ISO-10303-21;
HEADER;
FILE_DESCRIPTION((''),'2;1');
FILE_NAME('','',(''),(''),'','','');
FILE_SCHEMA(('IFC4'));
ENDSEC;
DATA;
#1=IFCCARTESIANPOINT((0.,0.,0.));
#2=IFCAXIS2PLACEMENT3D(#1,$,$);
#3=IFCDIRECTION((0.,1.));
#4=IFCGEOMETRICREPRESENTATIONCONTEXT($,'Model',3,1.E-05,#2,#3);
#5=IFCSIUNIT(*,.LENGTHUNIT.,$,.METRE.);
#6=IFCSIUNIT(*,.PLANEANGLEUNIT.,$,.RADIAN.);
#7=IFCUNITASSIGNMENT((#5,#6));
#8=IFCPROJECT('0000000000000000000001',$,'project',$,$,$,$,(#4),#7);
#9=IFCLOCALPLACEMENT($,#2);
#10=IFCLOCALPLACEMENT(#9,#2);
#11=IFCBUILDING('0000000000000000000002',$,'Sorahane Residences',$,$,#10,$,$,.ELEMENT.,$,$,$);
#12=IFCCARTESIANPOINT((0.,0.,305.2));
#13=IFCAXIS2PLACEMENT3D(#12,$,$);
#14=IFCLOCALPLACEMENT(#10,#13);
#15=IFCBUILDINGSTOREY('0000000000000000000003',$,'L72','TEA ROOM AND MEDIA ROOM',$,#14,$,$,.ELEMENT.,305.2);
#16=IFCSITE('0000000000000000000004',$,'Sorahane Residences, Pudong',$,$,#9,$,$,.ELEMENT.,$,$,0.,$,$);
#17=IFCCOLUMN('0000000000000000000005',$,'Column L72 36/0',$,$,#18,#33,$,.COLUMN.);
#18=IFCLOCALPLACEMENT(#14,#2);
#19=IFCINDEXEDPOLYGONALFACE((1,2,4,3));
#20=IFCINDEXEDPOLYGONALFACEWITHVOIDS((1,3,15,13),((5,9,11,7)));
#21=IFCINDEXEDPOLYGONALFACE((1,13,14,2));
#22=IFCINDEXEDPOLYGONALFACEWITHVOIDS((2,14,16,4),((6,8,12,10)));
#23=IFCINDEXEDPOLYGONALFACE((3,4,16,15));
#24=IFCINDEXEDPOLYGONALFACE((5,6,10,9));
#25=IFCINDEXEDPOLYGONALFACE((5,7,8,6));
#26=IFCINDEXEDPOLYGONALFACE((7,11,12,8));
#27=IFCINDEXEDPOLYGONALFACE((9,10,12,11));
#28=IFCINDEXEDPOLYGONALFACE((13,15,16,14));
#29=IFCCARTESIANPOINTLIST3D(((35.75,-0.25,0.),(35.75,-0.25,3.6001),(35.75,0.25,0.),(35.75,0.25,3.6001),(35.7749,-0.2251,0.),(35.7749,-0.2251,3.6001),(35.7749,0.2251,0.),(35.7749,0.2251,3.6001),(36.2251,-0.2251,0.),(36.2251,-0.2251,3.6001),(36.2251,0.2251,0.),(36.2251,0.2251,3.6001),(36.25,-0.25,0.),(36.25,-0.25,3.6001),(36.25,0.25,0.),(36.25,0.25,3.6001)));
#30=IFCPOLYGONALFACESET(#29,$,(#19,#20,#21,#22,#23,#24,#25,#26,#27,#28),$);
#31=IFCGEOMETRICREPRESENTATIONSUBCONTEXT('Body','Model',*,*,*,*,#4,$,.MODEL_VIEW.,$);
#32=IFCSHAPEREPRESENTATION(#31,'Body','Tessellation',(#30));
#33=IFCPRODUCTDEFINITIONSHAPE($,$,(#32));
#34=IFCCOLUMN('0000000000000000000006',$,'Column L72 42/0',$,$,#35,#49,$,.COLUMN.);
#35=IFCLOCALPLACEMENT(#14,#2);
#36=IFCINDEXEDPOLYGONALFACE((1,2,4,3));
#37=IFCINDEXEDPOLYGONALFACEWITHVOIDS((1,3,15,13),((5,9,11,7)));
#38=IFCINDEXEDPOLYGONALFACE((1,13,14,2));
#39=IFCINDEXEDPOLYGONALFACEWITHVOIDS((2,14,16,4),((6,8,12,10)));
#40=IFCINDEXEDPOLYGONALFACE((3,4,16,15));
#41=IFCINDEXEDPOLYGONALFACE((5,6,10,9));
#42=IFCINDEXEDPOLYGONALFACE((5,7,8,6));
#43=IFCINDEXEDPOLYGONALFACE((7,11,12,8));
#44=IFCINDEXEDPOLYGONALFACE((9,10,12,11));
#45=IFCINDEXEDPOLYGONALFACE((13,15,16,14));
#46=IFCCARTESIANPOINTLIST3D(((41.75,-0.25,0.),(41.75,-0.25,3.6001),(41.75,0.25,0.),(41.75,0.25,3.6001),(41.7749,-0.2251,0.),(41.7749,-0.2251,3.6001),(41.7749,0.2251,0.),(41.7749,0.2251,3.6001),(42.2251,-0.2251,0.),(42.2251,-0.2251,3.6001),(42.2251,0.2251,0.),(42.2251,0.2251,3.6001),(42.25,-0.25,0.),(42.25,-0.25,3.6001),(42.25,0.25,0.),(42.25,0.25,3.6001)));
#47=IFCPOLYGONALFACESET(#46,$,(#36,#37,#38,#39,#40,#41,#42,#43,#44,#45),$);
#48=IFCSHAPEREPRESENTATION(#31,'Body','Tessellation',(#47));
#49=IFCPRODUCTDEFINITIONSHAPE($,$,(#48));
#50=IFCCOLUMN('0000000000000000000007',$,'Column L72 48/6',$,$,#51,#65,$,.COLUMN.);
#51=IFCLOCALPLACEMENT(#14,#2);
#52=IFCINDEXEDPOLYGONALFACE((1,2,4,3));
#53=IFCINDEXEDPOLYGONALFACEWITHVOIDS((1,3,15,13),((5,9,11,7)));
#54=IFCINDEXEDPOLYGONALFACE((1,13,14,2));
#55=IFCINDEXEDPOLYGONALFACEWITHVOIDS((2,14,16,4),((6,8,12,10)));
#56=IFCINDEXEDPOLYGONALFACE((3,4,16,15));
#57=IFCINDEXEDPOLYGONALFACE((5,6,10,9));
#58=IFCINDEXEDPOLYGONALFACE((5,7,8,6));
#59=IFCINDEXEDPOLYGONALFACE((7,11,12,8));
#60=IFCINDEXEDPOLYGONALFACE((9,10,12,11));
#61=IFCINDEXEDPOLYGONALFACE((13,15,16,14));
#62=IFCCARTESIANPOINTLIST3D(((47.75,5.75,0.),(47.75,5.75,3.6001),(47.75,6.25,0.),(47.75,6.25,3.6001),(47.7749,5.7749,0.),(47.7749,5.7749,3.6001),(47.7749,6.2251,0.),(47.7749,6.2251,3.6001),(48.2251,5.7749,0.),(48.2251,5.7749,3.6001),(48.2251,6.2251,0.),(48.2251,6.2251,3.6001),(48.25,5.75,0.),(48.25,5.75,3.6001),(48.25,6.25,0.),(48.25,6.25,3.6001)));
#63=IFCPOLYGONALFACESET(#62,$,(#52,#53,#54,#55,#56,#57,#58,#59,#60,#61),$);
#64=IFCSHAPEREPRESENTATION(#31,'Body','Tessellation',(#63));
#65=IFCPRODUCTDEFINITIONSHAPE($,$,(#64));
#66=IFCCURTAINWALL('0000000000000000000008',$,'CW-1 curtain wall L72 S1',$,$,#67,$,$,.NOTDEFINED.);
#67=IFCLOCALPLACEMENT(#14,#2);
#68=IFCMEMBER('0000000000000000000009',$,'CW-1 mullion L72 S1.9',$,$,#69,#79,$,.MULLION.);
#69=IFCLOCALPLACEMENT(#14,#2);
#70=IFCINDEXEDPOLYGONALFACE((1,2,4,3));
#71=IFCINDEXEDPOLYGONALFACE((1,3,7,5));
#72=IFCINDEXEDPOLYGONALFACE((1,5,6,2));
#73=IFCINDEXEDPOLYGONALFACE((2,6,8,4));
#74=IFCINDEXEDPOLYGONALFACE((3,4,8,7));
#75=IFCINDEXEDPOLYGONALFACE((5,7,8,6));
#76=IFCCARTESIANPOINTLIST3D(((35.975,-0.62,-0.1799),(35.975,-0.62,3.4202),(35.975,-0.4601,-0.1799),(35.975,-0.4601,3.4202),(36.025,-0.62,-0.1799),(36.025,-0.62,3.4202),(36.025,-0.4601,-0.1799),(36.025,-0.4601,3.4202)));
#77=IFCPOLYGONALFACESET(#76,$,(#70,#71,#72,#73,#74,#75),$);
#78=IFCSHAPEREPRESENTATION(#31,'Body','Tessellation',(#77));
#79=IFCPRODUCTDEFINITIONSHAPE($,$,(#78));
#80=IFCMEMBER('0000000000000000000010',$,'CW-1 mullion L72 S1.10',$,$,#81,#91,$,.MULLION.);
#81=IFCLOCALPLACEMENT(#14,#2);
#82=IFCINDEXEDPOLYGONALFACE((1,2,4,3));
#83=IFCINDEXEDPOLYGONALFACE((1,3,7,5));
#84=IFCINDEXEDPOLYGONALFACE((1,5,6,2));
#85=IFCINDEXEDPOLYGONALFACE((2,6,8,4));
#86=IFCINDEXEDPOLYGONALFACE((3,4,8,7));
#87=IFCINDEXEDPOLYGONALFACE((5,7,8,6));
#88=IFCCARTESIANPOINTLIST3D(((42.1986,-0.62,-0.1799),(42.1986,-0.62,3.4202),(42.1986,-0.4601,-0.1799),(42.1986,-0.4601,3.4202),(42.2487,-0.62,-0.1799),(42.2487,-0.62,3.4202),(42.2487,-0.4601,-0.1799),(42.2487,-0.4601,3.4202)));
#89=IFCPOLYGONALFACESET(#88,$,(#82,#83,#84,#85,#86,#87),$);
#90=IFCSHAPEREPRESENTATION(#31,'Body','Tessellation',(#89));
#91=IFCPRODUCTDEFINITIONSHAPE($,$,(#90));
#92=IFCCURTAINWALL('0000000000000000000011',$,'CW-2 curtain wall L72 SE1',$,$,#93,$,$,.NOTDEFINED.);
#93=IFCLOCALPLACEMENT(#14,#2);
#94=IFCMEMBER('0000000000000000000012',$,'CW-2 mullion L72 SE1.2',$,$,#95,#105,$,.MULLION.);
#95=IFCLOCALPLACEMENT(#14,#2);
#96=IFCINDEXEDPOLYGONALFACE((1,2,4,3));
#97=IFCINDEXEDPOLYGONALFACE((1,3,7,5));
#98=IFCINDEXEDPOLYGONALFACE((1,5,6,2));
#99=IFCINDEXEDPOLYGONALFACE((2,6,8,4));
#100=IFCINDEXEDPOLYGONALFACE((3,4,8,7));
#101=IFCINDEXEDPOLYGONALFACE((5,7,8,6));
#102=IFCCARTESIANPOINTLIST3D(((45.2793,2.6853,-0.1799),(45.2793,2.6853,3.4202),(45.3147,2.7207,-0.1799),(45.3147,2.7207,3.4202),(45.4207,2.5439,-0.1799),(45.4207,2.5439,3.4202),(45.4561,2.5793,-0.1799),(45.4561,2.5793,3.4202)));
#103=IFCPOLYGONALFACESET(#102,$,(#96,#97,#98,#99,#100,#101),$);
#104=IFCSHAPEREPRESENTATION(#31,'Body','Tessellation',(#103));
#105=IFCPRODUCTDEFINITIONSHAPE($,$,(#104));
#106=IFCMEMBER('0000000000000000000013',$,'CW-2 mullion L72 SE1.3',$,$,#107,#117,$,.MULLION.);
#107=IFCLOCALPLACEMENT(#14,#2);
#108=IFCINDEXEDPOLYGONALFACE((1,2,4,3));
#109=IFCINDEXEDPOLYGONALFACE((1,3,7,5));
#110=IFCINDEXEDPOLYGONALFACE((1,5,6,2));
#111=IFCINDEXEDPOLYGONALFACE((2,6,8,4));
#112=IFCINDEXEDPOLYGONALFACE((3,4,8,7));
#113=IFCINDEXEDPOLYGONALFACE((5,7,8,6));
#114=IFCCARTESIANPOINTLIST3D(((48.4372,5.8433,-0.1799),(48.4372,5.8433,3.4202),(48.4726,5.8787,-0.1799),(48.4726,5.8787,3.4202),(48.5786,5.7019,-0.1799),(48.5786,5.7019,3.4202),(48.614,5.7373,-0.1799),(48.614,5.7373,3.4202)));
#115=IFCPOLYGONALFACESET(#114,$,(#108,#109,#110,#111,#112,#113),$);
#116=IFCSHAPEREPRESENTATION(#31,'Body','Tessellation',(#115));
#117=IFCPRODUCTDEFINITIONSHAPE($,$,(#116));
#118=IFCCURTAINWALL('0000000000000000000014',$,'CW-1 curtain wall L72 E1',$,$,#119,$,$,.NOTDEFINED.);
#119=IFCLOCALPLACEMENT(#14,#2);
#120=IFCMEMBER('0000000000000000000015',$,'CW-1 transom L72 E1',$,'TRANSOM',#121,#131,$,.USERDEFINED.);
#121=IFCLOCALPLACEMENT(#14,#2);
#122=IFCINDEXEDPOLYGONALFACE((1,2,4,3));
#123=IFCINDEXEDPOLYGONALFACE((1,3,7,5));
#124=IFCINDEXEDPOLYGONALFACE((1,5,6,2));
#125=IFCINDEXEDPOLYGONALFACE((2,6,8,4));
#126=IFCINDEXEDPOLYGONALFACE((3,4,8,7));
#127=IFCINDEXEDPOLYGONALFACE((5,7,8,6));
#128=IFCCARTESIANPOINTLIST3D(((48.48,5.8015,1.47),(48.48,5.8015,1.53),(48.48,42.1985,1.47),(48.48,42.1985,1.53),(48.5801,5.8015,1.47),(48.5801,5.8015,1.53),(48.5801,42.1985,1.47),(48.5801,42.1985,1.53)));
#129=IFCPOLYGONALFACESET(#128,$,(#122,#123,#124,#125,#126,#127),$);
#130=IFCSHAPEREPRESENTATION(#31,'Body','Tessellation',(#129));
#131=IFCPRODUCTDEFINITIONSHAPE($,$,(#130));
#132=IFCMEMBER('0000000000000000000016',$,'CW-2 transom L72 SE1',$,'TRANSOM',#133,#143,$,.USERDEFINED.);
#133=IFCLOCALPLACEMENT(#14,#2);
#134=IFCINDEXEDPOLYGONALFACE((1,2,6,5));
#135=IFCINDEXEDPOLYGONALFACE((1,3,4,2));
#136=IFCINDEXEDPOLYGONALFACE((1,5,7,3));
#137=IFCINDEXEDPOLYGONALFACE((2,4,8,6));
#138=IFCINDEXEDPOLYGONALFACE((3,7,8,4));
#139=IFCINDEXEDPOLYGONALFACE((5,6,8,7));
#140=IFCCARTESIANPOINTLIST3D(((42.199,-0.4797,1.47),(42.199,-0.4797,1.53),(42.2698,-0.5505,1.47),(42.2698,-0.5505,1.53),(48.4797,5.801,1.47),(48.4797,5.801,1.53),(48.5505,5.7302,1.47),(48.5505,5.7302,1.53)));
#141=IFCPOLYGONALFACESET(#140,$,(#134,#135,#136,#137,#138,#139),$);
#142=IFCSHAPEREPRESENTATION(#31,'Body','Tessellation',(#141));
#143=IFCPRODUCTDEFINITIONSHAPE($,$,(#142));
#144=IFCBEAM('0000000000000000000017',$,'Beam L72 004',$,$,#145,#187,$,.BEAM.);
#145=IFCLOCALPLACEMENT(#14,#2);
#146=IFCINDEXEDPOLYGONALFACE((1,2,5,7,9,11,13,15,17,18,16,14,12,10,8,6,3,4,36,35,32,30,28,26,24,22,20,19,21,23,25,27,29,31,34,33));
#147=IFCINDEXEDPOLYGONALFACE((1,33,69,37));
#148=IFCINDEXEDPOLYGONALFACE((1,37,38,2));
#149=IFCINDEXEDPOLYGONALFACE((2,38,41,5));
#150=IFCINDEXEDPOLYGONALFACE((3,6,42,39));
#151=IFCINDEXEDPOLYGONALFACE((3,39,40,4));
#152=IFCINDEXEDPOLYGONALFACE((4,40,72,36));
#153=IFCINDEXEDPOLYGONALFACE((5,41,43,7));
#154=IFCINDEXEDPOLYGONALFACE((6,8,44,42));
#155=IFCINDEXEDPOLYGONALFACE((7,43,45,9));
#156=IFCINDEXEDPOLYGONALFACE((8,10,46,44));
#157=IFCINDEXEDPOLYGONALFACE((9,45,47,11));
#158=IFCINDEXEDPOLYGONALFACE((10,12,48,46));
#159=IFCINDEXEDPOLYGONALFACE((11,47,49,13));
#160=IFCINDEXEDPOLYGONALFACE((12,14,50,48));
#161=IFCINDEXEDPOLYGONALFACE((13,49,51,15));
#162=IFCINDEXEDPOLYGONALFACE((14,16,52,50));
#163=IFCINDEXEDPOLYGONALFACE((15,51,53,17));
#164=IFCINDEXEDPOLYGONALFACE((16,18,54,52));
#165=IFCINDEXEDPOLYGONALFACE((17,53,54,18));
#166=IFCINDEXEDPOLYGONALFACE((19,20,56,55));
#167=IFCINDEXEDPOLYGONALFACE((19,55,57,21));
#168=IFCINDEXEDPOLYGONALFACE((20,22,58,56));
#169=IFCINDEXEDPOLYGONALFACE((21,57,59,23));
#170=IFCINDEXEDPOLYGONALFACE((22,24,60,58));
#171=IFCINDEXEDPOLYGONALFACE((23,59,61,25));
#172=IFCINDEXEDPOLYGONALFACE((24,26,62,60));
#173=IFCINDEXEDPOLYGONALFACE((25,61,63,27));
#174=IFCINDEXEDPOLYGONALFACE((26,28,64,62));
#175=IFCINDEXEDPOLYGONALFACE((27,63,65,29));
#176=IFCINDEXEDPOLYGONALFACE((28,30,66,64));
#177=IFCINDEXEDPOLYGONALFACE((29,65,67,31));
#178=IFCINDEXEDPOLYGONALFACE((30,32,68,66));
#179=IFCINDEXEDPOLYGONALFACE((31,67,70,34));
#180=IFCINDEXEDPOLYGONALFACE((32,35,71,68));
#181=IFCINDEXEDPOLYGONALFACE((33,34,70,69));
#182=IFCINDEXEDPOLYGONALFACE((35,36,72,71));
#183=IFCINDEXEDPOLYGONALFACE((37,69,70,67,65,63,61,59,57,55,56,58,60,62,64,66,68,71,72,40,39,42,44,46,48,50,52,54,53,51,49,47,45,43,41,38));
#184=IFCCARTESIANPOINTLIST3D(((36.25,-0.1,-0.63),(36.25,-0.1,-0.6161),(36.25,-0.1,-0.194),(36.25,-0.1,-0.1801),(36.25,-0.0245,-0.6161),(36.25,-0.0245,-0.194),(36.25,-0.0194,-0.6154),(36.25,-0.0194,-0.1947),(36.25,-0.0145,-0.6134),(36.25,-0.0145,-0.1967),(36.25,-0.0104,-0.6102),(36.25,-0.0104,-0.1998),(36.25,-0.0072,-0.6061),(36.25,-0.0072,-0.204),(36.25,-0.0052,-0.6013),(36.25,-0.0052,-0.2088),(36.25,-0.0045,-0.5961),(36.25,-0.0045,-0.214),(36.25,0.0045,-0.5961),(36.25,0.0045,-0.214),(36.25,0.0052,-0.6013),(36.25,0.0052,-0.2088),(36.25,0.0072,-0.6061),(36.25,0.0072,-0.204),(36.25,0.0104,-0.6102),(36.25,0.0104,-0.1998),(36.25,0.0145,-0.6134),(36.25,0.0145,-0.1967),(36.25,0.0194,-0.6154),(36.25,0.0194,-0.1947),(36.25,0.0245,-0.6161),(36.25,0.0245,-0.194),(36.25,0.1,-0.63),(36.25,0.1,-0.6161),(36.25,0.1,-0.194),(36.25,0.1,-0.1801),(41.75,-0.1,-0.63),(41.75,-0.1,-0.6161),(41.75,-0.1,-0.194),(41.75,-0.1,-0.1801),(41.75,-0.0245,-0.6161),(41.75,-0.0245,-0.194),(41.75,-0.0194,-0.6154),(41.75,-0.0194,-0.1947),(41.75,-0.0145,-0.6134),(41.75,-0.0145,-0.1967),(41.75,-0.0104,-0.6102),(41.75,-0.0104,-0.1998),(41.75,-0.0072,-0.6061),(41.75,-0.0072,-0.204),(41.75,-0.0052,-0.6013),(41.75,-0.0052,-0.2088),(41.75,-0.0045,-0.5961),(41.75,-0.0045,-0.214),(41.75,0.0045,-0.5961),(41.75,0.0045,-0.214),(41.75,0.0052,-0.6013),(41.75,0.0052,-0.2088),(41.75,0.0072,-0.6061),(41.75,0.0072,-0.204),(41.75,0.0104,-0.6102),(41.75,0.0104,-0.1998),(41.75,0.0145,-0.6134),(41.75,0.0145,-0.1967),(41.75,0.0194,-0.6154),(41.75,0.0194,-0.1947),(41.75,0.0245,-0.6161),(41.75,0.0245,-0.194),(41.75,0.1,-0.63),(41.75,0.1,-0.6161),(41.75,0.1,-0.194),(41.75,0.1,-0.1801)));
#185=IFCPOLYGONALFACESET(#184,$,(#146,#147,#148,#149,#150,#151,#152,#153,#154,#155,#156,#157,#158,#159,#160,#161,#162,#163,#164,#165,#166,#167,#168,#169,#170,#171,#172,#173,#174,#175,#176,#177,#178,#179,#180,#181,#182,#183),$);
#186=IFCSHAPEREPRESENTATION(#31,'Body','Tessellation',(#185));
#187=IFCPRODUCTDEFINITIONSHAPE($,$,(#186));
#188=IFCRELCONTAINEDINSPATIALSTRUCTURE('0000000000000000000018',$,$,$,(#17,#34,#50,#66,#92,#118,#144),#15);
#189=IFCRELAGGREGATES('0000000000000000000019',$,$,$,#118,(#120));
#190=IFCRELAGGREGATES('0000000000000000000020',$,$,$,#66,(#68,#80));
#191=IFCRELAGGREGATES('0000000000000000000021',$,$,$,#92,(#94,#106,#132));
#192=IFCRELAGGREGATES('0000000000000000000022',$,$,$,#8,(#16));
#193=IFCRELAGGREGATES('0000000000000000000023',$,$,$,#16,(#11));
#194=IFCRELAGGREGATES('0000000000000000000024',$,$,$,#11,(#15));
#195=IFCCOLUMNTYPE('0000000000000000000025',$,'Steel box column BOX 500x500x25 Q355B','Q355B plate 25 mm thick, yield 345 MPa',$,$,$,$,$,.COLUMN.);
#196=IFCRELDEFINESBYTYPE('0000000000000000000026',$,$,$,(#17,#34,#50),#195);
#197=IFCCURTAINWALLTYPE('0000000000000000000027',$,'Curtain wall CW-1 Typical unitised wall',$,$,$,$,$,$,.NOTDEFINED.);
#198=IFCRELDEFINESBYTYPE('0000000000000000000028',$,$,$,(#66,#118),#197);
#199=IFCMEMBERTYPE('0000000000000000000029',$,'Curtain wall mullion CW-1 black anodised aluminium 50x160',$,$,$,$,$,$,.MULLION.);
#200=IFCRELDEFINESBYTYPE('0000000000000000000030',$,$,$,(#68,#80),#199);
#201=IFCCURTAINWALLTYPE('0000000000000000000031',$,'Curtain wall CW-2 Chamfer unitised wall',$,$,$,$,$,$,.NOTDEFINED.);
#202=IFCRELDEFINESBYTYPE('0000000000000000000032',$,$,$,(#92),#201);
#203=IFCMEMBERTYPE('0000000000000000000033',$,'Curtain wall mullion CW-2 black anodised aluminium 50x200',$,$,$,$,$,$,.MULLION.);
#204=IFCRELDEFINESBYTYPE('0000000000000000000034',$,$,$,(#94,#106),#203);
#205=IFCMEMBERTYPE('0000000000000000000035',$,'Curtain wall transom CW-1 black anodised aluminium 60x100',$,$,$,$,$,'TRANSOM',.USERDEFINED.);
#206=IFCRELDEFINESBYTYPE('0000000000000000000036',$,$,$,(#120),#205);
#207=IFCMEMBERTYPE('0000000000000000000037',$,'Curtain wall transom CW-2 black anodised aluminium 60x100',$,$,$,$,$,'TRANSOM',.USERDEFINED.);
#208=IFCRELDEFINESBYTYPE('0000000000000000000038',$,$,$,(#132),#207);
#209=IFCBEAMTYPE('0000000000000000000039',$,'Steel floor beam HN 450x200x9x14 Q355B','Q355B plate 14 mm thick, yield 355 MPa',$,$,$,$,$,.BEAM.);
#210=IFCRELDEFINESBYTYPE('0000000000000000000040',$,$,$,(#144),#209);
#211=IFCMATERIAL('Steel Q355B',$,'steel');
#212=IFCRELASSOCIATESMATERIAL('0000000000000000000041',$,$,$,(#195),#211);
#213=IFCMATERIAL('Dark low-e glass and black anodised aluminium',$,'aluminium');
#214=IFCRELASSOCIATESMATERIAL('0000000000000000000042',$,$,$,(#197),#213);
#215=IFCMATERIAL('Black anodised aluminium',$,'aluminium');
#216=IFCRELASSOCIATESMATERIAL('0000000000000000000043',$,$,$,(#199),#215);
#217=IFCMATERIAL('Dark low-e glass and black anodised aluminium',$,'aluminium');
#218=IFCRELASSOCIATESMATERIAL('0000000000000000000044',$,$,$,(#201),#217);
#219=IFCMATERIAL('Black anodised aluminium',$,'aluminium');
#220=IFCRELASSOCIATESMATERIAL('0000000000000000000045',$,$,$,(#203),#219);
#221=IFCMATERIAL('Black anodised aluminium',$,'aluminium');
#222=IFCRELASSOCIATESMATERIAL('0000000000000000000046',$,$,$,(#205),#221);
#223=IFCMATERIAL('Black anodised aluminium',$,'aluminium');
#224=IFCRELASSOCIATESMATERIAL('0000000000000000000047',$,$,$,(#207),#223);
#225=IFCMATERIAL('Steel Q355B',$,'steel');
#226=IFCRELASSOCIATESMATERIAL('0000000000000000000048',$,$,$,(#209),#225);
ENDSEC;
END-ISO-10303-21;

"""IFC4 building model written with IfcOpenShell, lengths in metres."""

from ifc_helpers import new_model, si_unit, direction, frame, origin, origin_2d, place, context, subcontext, project, spatial, rectangle, hollow_rectangle, i_section, extrude, material, material_profile, profile_set, type_object, element, aggregate, save


model = new_model("IFC4")

# Units and contexts
model_context = context("Model", 3, precision=1e-05, world=origin(), true_north=direction((0.0, 1.0)))
body_context = subcontext(model_context, "Body", "Model", "MODEL_VIEW")
ifc_project = project(units=[si_unit("LENGTHUNIT", "METRE"), si_unit("PLANEANGLEUNIT", "RADIAN")], contexts=[model_context])

# Site, building, storey
site_placement = place(None, origin())
site = spatial("IfcSite", under=ifc_project, at=site_placement, Name="Sorahane Residences, Pudong", CompositionType="ELEMENT", RefElevation=0.0)
building_placement = place(site_placement, origin())
building = spatial("IfcBuilding", under=site, at=building_placement, Name="Sorahane Residences", CompositionType="ELEMENT")
storey_placement = place(building_placement, frame((0.0, 0.0, 305.2)))
storey = spatial("IfcBuildingStorey", under=building, at=storey_placement, Name="L72", Description="TEA ROOM AND MEDIA ROOM", CompositionType="ELEMENT", Elevation=305.2)

# Columns
ifc_material_1 = material(Name="Steel Q355B", Category="steel")
ifc_material_profile_1 = material_profile(ifc_material_1, hollow_rectangle(XDim=0.5, YDim=0.5, WallThickness=0.0249, at=origin_2d()), Name="BOX 500x500x25")
ifc_profile_set_1 = profile_set([ifc_material_profile_1], Name="Steel Q355B")
column_type = type_object("IfcColumnType", Name="Steel box column BOX 500x500x25 Q355B", Description="Q355B plate 25 mm thick, yield 345 MPa", PredefinedType="COLUMN", material=ifc_profile_set_1)
for number, where, z_axis, x_axis, name in (
    (1, (36.0, 0.0, 0.0), (0.0, 0.0, 1.0), (1.0, 0.0, 0.0), "Column L72 36/0"),
    (2, (42.0, 0.0, 0.0), (0.0, 0.0, 1.0), (1.0, 0.0, 0.0), "Column L72 42/0"),
    (3, (48.0, 6.0, 0.0), (0.0, 0.0, 1.0), (1.0, 0.0, 0.0), "Column L72 48/6"),
):
    element("IfcColumn", number, at=place(storey_placement, frame(where, z_axis=z_axis, x_axis=x_axis)), inside=storey, type_object=column_type, Name=name, PredefinedType="COLUMN", context=body_context, shape_type="SweptSolid", body=[
        extrude(hollow_rectangle(XDim=0.5, YDim=0.5, WallThickness=0.0249, at=origin_2d()), origin(), (0.0, 0.0, 1.0), 3.6001),
    ])

# Curtain walls, members
ifc_material_2 = material(Name="Dark low-e glass and black anodised aluminium", Category="aluminium")
curtain_wall_type_1 = type_object("IfcCurtainWallType", Name="Curtain wall CW-1 Typical unitised wall", PredefinedType="NOTDEFINED", material=ifc_material_2)
curtain_wall_1_placement = place(storey_placement, origin())
curtain_wall_1 = element("IfcCurtainWall", 4, at=curtain_wall_1_placement, inside=storey, type_object=curtain_wall_type_1, Name="CW-1 curtain wall L72 S1", PredefinedType="NOTDEFINED")
ifc_material_3 = material(Name="Black anodised aluminium", Category="aluminium")
ifc_material_profile_2 = material_profile(ifc_material_3, rectangle(XDim=0.1599, YDim=0.05, at=origin_2d()), Name="Curtain wall mullion CW-1 black anodised aluminium 50x160")
ifc_profile_set_2 = profile_set([ifc_material_profile_2], Name="Black anodised aluminium")
member_type_1 = type_object("IfcMemberType", Name="Curtain wall mullion CW-1 black anodised aluminium 50x160", PredefinedType="MULLION", material=ifc_profile_set_2)
member_1_placement = place(storey_placement, frame((36.0, -0.54, -0.1799), z_axis=(0.0, 0.0, 1.0), x_axis=(0.0, -1.0, 0.0)))
member_1 = element("IfcMember", 5, at=member_1_placement, type_object=member_type_1, Name="CW-1 mullion L72 S1.9", PredefinedType="MULLION", context=body_context, shape_type="SweptSolid", body=[
    extrude(rectangle(XDim=0.1599, YDim=0.05, at=origin_2d()), origin(), (0.0, 0.0, 1.0), 3.6001),
])
member_2_placement = place(storey_placement, frame((42.2236, -0.54, -0.1799), z_axis=(0.0, 0.0, 1.0), x_axis=(0.0, -1.0, 0.0)))
member_2 = element("IfcMember", 6, at=member_2_placement, type_object=member_type_1, Name="CW-1 mullion L72 S1.10", PredefinedType="MULLION", context=body_context, shape_type="SweptSolid", body=[
    extrude(rectangle(XDim=0.1599, YDim=0.05, at=origin_2d()), origin(), (0.0, 0.0, 1.0), 3.6001),
])
ifc_material_4 = material(Name="Dark low-e glass and black anodised aluminium", Category="aluminium")
curtain_wall_type_2 = type_object("IfcCurtainWallType", Name="Curtain wall CW-2 Chamfer unitised wall", PredefinedType="NOTDEFINED", material=ifc_material_4)
curtain_wall_2_placement = place(storey_placement, origin())
curtain_wall_2 = element("IfcCurtainWall", 7, at=curtain_wall_2_placement, inside=storey, type_object=curtain_wall_type_2, Name="CW-2 curtain wall L72 SE1", PredefinedType="NOTDEFINED")
ifc_material_5 = material(Name="Black anodised aluminium", Category="aluminium")
ifc_material_profile_3 = material_profile(ifc_material_5, rectangle(XDim=0.2, YDim=0.05, at=origin_2d()), Name="Curtain wall mullion CW-2 black anodised aluminium 50x200")
ifc_profile_set_3 = profile_set([ifc_material_profile_3], Name="Black anodised aluminium")
member_type_2 = type_object("IfcMemberType", Name="Curtain wall mullion CW-2 black anodised aluminium 50x200", PredefinedType="MULLION", material=ifc_profile_set_3)
member_3_placement = place(storey_placement, frame((45.3677, 2.6323, -0.1799), z_axis=(0.0, 0.0, 1.0), x_axis=(0.707107, -0.707107, 0.0)))
member_3 = element("IfcMember", 8, at=member_3_placement, type_object=member_type_2, Name="CW-2 mullion L72 SE1.2", PredefinedType="MULLION", context=body_context, shape_type="SweptSolid", body=[
    extrude(rectangle(XDim=0.2, YDim=0.05, at=origin_2d()), origin(), (0.0, 0.0, 1.0), 3.6001),
])
member_4_placement = place(storey_placement, frame((48.5256, 5.7903, -0.1799), z_axis=(0.0, 0.0, 1.0), x_axis=(0.707107, -0.707107, 0.0)))
member_4 = element("IfcMember", 9, at=member_4_placement, type_object=member_type_2, Name="CW-2 mullion L72 SE1.3", PredefinedType="MULLION", context=body_context, shape_type="SweptSolid", body=[
    extrude(rectangle(XDim=0.2, YDim=0.05, at=origin_2d()), origin(), (0.0, 0.0, 1.0), 3.6001),
])

# Curtain wall, member
curtain_wall_3_placement = place(storey_placement, origin())
curtain_wall_3 = element("IfcCurtainWall", 10, at=curtain_wall_3_placement, inside=storey, type_object=curtain_wall_type_1, Name="CW-1 curtain wall L72 E1", PredefinedType="NOTDEFINED")
ifc_material_6 = material(Name="Black anodised aluminium", Category="aluminium")
ifc_material_profile_4 = material_profile(ifc_material_6, rectangle(XDim=0.1001, YDim=0.0601, at=origin_2d()), Name="Curtain wall transom CW-1 black anodised aluminium 60x100")
ifc_profile_set_4 = profile_set([ifc_material_profile_4], Name="Black anodised aluminium")
member_type_3 = type_object("IfcMemberType", Name="Curtain wall transom CW-1 black anodised aluminium 60x100", ElementType="TRANSOM", PredefinedType="USERDEFINED", material=ifc_profile_set_4)
member_5_placement = place(storey_placement, frame((48.53, 5.8015, 1.5), z_axis=(0.0, 1.0, 0.0), x_axis=(-1.0, 0.0, 0.0)))
member_5 = element("IfcMember", 11, at=member_5_placement, type_object=member_type_3, Name="CW-1 transom L72 E1", ObjectType="TRANSOM", PredefinedType="USERDEFINED", context=body_context, shape_type="SweptSolid", body=[
    extrude(rectangle(XDim=0.1001, YDim=0.0601, at=origin_2d()), origin(), (0.0, 0.0, 1.0), 36.397),
])
aggregate(curtain_wall_3, [member_5])

# Member
ifc_material_7 = material(Name="Black anodised aluminium", Category="aluminium")
ifc_material_profile_5 = material_profile(ifc_material_7, rectangle(XDim=0.1001, YDim=0.0601, at=origin_2d()), Name="Curtain wall transom CW-2 black anodised aluminium 60x100")
ifc_profile_set_5 = profile_set([ifc_material_profile_5], Name="Black anodised aluminium")
member_type_4 = type_object("IfcMemberType", Name="Curtain wall transom CW-2 black anodised aluminium 60x100", ElementType="TRANSOM", PredefinedType="USERDEFINED", material=ifc_profile_set_5)
member_6_placement = place(storey_placement, frame((42.2344, -0.5151, 1.5), z_axis=(0.707107, 0.707107, 0.0), x_axis=(-0.707107, 0.707107, 0.0)))
member_6 = element("IfcMember", 12, at=member_6_placement, type_object=member_type_4, Name="CW-2 transom L72 SE1", ObjectType="TRANSOM", PredefinedType="USERDEFINED", context=body_context, shape_type="SweptSolid", body=[
    extrude(rectangle(XDim=0.1001, YDim=0.0601, at=origin_2d()), origin(), (0.0, 0.0, 1.0), 8.8823),
])

# Beam
ifc_material_8 = material(Name="Steel Q355B", Category="steel")
ifc_material_profile_6 = material_profile(ifc_material_8, i_section(OverallWidth=0.2, OverallDepth=0.45, WebThickness=0.009, FlangeThickness=0.0139, FilletRadius=0.02, at=origin_2d()), Name="HN 450x200x9x14")
ifc_profile_set_6 = profile_set([ifc_material_profile_6], Name="Steel Q355B")
beam_type_1 = type_object("IfcBeamType", Name="Steel floor beam HN 450x200x9x14 Q355B", Description="Q355B plate 14 mm thick, yield 355 MPa", PredefinedType="BEAM", material=ifc_profile_set_6)
for number, where, z_axis, x_axis, name in (
    (13, (36.25, 0.0, -0.405), (1.0, 0.0, 0.0), (0.0, 1.0, 0.0), "Beam L72 004"),
):
    element("IfcBeam", number, at=place(storey_placement, frame(where, z_axis=z_axis, x_axis=x_axis)), inside=storey, type_object=beam_type_1, Name=name, PredefinedType="BEAM", context=body_context, shape_type="SweptSolid", body=[
        extrude(i_section(OverallWidth=0.2, OverallDepth=0.45, WebThickness=0.009, FlangeThickness=0.0139, FilletRadius=0.02, at=origin_2d()), origin(), (0.0, 0.0, 1.0), 5.5),
    ])

aggregate(curtain_wall_1, [member_1, member_2])
aggregate(curtain_wall_2, [member_3, member_4, member_6])

save(model, "model.ifc")
